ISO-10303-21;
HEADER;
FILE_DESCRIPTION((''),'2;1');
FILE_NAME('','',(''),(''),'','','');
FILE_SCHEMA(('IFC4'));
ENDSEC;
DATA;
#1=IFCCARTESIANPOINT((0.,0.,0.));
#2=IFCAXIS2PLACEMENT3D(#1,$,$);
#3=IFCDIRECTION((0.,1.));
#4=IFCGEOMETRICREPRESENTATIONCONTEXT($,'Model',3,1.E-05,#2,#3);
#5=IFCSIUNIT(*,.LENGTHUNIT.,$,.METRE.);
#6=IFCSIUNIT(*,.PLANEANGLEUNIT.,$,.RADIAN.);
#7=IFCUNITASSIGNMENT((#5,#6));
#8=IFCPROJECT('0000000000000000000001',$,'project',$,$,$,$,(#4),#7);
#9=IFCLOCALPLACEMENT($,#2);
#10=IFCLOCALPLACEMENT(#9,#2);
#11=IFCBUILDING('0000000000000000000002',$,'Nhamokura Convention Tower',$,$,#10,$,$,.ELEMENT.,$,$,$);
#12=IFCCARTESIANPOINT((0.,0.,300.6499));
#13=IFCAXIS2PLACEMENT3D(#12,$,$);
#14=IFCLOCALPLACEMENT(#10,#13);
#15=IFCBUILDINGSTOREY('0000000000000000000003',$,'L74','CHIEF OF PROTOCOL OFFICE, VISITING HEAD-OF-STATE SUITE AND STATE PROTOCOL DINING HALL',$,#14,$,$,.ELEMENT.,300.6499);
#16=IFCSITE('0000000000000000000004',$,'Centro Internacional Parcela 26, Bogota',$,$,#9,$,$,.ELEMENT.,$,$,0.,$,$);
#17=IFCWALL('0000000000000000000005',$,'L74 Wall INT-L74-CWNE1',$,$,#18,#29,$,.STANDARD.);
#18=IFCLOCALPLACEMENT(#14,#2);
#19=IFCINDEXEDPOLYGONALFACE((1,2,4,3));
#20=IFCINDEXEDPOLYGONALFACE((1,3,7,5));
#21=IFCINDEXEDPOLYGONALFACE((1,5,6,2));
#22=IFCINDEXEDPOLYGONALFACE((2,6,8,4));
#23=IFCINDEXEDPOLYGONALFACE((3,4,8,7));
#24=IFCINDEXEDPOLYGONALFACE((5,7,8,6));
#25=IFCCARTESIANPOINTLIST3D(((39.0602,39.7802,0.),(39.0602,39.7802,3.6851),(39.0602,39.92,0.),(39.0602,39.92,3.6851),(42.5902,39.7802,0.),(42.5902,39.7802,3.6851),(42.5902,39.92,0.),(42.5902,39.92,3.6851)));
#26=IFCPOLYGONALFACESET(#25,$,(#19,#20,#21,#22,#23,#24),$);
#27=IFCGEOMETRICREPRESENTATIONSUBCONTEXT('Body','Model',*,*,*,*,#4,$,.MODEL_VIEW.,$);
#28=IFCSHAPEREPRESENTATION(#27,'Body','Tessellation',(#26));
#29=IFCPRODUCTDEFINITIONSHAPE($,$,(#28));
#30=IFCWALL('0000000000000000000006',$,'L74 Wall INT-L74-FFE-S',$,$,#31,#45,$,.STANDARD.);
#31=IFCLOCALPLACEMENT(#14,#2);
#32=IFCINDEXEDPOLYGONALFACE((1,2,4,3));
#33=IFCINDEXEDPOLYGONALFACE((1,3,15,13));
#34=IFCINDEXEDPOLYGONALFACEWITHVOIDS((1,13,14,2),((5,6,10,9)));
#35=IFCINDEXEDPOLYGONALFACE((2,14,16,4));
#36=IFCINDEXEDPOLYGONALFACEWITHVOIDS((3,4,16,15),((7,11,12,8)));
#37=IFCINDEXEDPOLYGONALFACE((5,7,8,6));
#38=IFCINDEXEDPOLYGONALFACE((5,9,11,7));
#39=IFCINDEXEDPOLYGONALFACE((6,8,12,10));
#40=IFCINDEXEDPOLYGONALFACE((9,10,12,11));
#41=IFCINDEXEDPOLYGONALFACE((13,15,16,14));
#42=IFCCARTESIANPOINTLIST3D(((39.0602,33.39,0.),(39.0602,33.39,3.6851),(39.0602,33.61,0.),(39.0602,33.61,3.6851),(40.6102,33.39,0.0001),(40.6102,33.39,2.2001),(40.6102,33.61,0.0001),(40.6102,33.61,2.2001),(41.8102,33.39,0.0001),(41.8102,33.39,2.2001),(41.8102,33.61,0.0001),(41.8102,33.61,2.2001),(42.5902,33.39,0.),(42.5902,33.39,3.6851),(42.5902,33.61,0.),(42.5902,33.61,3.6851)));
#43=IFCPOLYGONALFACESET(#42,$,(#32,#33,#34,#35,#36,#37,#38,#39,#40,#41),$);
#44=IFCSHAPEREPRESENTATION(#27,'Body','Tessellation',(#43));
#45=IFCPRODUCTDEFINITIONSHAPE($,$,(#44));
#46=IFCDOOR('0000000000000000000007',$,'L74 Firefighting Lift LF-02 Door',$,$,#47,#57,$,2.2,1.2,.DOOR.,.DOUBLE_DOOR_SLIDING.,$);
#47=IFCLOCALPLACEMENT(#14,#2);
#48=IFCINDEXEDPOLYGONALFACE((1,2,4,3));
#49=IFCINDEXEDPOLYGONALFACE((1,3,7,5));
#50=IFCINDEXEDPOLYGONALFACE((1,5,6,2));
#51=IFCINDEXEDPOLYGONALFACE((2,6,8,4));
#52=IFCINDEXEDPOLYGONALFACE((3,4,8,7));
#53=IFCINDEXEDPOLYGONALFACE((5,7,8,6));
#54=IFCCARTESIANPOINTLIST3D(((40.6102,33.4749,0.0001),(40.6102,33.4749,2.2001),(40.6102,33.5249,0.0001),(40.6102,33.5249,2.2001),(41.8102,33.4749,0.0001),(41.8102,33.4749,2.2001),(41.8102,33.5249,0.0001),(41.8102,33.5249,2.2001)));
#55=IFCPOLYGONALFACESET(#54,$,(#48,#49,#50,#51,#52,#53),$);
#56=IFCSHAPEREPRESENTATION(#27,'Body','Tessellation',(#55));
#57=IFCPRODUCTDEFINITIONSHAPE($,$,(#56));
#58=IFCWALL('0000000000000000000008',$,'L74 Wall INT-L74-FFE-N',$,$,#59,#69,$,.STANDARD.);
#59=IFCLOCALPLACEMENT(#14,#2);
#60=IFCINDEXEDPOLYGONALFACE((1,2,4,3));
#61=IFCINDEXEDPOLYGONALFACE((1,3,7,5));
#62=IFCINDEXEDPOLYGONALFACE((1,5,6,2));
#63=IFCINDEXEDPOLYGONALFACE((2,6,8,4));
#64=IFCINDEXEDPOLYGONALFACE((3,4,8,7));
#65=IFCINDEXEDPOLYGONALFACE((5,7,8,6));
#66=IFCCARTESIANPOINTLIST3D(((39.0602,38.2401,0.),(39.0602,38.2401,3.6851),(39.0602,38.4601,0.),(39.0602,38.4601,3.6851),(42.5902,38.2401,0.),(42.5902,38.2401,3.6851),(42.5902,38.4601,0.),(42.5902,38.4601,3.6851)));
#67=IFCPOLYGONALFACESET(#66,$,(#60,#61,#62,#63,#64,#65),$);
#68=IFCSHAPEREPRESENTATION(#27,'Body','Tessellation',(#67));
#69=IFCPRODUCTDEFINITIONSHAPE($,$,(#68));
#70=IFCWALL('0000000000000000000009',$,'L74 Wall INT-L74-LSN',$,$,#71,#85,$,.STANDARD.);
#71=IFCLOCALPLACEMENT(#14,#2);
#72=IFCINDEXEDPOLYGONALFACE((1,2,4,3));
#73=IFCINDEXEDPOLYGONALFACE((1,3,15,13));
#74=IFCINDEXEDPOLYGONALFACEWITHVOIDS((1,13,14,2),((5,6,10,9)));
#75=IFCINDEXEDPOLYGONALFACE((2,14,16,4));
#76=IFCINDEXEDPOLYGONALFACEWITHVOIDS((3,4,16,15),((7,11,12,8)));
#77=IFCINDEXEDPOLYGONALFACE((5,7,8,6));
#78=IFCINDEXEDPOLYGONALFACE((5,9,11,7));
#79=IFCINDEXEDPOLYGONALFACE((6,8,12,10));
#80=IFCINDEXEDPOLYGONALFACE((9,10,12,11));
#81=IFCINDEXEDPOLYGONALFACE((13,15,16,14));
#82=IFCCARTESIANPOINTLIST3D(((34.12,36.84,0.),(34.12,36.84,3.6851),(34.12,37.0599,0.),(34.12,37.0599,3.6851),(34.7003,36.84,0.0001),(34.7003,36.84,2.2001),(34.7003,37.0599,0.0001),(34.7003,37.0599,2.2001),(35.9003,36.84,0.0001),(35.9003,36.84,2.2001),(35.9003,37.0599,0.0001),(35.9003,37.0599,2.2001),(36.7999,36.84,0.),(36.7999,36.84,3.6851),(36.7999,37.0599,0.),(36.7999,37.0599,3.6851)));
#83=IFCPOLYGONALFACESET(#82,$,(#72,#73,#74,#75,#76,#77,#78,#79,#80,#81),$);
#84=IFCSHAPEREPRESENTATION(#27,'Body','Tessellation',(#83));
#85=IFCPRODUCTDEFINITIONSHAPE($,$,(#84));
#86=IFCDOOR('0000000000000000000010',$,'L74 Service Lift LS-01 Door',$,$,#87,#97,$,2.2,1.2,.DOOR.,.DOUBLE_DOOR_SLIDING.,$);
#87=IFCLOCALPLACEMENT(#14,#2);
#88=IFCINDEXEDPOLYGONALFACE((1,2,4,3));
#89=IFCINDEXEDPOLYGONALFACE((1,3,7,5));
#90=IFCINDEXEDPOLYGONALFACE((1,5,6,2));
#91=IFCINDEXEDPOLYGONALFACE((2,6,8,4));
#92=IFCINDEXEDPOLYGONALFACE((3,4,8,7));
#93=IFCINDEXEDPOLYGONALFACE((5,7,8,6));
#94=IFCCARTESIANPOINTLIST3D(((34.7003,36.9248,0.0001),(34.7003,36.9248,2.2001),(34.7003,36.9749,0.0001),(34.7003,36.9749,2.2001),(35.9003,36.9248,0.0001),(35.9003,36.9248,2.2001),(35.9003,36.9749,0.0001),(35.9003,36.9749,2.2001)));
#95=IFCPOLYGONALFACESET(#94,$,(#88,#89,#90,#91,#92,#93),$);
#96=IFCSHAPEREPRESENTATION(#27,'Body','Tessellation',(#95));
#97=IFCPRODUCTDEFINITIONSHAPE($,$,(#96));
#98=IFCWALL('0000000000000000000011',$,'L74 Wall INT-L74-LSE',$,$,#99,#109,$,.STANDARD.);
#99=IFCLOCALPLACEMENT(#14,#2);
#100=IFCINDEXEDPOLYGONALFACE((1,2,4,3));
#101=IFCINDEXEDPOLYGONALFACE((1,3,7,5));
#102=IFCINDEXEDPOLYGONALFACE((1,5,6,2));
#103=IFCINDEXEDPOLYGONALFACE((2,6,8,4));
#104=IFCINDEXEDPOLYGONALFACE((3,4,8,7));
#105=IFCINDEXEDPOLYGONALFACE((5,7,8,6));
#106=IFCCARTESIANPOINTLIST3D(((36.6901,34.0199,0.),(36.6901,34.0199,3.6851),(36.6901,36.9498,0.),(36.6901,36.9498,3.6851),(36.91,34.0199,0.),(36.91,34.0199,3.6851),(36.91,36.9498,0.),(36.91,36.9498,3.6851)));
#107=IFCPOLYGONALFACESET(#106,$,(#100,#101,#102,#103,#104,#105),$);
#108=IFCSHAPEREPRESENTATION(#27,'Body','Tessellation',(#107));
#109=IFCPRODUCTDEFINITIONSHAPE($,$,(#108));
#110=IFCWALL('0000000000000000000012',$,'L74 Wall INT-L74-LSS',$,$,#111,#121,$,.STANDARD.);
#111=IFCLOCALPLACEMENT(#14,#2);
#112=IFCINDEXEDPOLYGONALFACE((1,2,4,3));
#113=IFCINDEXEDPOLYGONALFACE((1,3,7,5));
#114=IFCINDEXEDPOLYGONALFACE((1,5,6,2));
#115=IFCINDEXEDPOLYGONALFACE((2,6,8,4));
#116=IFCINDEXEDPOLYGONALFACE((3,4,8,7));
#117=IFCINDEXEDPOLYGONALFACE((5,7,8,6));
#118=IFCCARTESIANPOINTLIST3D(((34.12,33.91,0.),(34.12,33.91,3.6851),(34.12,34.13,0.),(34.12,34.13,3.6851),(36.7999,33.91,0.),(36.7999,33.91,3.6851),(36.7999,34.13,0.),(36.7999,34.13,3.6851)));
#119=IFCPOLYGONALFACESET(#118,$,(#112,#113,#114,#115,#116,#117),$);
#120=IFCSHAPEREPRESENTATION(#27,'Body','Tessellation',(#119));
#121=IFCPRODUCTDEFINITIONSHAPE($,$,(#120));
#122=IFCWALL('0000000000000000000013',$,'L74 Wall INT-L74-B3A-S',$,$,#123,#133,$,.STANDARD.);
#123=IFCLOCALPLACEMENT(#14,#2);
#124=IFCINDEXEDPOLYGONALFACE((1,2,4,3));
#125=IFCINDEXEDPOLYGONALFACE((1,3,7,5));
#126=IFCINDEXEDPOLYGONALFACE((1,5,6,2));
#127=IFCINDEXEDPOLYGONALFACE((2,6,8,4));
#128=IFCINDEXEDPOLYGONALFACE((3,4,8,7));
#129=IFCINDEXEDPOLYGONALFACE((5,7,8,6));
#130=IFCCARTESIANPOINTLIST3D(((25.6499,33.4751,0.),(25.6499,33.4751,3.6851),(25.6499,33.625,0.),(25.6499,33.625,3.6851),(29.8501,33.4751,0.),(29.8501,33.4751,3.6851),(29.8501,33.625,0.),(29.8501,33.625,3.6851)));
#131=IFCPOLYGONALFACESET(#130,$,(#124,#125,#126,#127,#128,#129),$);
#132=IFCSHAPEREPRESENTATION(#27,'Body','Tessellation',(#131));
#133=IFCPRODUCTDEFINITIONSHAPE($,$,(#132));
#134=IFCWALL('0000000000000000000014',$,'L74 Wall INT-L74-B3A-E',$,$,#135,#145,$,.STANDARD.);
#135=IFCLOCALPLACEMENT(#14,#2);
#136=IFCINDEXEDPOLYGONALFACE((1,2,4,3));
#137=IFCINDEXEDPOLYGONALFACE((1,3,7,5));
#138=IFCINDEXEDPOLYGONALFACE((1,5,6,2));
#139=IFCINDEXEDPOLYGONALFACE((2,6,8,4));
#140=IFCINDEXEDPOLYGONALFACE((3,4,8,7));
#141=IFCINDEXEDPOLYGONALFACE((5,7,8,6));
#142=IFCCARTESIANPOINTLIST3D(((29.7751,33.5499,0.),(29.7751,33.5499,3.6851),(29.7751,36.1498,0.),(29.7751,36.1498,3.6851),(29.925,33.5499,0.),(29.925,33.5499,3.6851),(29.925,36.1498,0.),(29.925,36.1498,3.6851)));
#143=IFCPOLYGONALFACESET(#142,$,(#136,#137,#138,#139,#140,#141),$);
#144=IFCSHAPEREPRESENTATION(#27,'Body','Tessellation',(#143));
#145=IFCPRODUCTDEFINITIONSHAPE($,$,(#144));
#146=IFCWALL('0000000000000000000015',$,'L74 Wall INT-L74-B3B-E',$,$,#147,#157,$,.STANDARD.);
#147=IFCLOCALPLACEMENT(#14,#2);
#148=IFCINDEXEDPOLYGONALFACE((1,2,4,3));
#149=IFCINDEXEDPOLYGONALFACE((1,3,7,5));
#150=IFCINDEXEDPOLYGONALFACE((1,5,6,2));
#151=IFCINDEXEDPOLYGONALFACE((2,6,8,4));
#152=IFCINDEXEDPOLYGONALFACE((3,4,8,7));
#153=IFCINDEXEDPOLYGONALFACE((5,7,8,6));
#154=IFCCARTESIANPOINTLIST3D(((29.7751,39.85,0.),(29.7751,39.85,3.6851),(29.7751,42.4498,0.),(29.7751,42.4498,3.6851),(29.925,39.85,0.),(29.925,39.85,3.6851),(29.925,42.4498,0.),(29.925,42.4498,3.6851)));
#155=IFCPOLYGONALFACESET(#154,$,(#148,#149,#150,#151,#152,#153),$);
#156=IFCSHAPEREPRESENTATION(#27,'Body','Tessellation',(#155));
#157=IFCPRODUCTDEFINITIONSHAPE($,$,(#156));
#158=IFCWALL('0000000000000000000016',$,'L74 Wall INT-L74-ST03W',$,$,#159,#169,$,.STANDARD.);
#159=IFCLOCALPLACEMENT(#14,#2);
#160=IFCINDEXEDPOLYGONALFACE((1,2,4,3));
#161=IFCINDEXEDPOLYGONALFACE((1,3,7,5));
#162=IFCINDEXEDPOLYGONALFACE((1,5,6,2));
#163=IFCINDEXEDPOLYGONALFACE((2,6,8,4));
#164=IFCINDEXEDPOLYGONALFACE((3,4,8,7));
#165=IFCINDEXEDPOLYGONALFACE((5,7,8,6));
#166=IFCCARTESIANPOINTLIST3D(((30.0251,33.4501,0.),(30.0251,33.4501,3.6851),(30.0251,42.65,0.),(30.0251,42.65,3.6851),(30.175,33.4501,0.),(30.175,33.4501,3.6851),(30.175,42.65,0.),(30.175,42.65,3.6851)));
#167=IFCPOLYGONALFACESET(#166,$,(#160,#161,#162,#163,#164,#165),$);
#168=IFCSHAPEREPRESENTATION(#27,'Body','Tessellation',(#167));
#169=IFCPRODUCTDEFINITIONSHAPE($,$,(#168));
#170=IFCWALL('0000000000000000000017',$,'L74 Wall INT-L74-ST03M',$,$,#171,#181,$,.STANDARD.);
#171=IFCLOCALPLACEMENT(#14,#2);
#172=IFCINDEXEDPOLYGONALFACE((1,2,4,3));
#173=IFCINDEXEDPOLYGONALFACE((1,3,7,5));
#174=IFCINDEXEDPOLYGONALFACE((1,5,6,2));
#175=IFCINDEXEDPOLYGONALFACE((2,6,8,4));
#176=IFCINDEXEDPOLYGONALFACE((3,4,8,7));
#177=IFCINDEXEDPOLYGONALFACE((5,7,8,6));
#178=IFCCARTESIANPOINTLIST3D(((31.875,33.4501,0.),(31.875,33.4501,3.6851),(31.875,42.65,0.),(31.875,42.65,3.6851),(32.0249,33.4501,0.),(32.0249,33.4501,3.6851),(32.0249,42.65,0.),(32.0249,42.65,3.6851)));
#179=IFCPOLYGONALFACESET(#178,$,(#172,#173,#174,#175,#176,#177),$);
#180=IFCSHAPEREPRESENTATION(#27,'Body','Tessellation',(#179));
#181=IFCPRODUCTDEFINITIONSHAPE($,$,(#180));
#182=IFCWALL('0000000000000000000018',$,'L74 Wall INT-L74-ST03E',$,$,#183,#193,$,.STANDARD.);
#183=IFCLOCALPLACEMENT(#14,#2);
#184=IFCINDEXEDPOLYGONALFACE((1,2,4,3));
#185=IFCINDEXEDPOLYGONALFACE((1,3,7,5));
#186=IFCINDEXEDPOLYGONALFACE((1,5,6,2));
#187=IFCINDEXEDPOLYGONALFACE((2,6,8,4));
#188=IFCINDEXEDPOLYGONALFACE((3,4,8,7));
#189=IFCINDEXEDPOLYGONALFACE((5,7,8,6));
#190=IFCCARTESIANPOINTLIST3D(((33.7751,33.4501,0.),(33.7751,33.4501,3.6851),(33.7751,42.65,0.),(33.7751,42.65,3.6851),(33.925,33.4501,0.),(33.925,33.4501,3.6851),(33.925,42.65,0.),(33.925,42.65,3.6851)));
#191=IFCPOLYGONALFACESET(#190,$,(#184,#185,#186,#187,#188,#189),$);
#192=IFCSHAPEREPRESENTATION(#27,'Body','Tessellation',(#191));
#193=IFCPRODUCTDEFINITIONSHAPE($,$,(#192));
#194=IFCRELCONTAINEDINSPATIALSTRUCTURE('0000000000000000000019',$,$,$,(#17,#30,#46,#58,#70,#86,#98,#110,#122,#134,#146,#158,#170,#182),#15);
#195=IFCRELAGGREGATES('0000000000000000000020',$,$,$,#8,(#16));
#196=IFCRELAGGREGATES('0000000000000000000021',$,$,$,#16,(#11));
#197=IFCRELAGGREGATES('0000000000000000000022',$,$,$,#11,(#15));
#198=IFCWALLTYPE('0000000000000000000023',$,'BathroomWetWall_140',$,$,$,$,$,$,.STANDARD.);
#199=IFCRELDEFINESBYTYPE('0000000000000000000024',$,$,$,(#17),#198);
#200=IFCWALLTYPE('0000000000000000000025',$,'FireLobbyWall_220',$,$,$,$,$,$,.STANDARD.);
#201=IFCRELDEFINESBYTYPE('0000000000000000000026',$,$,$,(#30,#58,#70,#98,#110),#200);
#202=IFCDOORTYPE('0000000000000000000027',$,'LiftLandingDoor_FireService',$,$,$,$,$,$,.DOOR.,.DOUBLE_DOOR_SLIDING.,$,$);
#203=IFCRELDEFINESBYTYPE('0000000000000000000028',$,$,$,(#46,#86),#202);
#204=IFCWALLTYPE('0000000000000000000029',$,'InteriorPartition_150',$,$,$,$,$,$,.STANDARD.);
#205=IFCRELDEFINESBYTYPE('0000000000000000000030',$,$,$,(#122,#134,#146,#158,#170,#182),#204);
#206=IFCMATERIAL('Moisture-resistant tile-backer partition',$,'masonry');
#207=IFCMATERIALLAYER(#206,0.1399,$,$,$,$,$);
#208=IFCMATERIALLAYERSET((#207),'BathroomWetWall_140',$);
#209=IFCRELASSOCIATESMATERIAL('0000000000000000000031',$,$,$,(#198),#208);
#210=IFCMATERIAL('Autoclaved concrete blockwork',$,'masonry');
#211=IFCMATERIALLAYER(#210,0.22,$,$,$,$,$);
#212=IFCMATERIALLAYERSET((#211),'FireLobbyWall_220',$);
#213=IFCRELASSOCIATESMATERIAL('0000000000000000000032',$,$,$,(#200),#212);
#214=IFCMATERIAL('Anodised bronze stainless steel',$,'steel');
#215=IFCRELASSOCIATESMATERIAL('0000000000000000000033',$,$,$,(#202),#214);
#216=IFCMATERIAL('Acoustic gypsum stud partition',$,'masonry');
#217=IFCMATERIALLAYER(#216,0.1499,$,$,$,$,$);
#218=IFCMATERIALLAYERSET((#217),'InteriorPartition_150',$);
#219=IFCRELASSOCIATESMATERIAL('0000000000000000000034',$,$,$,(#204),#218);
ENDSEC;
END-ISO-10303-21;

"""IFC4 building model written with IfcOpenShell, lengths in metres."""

from ifc_helpers import new_model, si_unit, direction, frame, frame_2d, origin, place, context, subcontext, project, spatial, rectangle, extrude, material, layer, layer_set, type_object, element, fill, save


model = new_model("IFC4")

# Units and contexts
model_context = context("Model", 3, precision=1e-05, world=origin(), true_north=direction((0.0, 1.0)))
body_context = subcontext(model_context, "Body", "Model", "MODEL_VIEW")
ifc_project = project(units=[si_unit("LENGTHUNIT", "METRE"), si_unit("PLANEANGLEUNIT", "RADIAN")], contexts=[model_context])

# Site, building, storey
site_placement = place(None, origin())
site = spatial("IfcSite", under=ifc_project, at=site_placement, Name="Centro Internacional Parcela 26, Bogota", CompositionType="ELEMENT", RefElevation=0.0)
building_placement = place(site_placement, origin())
building = spatial("IfcBuilding", under=site, at=building_placement, Name="Nhamokura Convention Tower", CompositionType="ELEMENT")
storey_placement = place(building_placement, frame((0.0, 0.0, 300.6499)))
storey = spatial("IfcBuildingStorey", under=building, at=storey_placement, Name="L74", Description="CHIEF OF PROTOCOL OFFICE, VISITING HEAD-OF-STATE SUITE AND STATE PROTOCOL DINING HALL", CompositionType="ELEMENT", Elevation=300.6499)

# Wall
ifc_material_1 = material(Name="Moisture-resistant tile-backer partition", Category="masonry")
ifc_layer_1 = layer(ifc_material_1, 0.1399)
ifc_layer_set_1 = layer_set([ifc_layer_1], Name="BathroomWetWall_140")
wall_type_1 = type_object("IfcWallType", Name="BathroomWetWall_140", PredefinedType="STANDARD", material=ifc_layer_set_1)
wall_1_placement = place(storey_placement, frame((39.0601, 39.8501, 0.0), z_axis=(0.0, 0.0, 1.0), x_axis=(1.0, 0.0, 0.0)))
element("IfcWall", 1, at=wall_1_placement, inside=storey, type_object=wall_type_1, Name="L74 Wall INT-L74-CWNE1", PredefinedType="STANDARD", context=body_context, shape_type="SweptSolid", body=[
    extrude(rectangle(XDim=3.53, YDim=0.1399, at=frame_2d((1.7651, 0.0))), origin(), (0.0, 0.0, 1.0), 3.6851),
])

# Wall, opening, door
ifc_material_2 = material(Name="Autoclaved concrete blockwork", Category="masonry")
ifc_layer_2 = layer(ifc_material_2, 0.22)
ifc_layer_set_2 = layer_set([ifc_layer_2], Name="FireLobbyWall_220")
wall_type_2 = type_object("IfcWallType", Name="FireLobbyWall_220", PredefinedType="STANDARD", material=ifc_layer_set_2)
wall_2_placement = place(storey_placement, frame((39.0601, 33.5, 0.0), z_axis=(0.0, 0.0, 1.0), x_axis=(1.0, 0.0, 0.0)))
wall_2 = element("IfcWall", 2, at=wall_2_placement, inside=storey, type_object=wall_type_2, Name="L74 Wall INT-L74-FFE-S", PredefinedType="STANDARD", context=body_context, shape_type="SweptSolid", body=[
    extrude(rectangle(XDim=3.53, YDim=0.22, at=frame_2d((1.7651, 0.0))), origin(), (0.0, 0.0, 1.0), 3.6851),
])
opening_1_placement = place(wall_2_placement, frame((1.55, 0.0, 0.0)))
opening_1 = element("IfcOpeningElement", 3, at=opening_1_placement, cuts=wall_2, PredefinedType="OPENING", context=body_context, shape_type="SweptSolid", body=[
    extrude(rectangle(XDim=1.2, YDim=2.2, at=frame_2d((0.6001, 1.1001))), frame((0.0, 0.1199, 0.0), z_axis=(0.0, -1.0, 0.0), x_axis=(1.0, 0.0, 0.0)), (0.0, 0.0, 1.0), 0.24),
])
ifc_material_3 = material(Name="Anodised bronze stainless steel", Category="steel")
door_type_1 = type_object("IfcDoorType", Name="LiftLandingDoor_FireService", OperationType="DOUBLE_DOOR_SLIDING", PredefinedType="DOOR", material=ifc_material_3)
door_1_placement = place(opening_1_placement, origin())
door_1 = element("IfcDoor", 4, at=door_1_placement, inside=storey, type_object=door_type_1, Name="L74 Firefighting Lift LF-02 Door", OperationType="DOUBLE_DOOR_SLIDING", OverallHeight=2.2, OverallWidth=1.2, PredefinedType="DOOR", context=body_context, shape_type="SweptSolid", body=[
    extrude(rectangle(XDim=1.2, YDim=2.2, at=frame_2d((0.6001, 1.1001))), frame((0.0, 0.0249, 0.0), z_axis=(0.0, -1.0, 0.0), x_axis=(1.0, 0.0, 0.0)), (0.0, 0.0, 1.0), 0.05),
])
fill(opening_1, door_1)

# Wall
wall_3_placement = place(storey_placement, frame((39.0601, 38.3501, 0.0), z_axis=(0.0, 0.0, 1.0), x_axis=(1.0, 0.0, 0.0)))
element("IfcWall", 5, at=wall_3_placement, inside=storey, type_object=wall_type_2, Name="L74 Wall INT-L74-FFE-N", PredefinedType="STANDARD", context=body_context, shape_type="SweptSolid", body=[
    extrude(rectangle(XDim=3.53, YDim=0.22, at=frame_2d((1.7651, 0.0))), origin(), (0.0, 0.0, 1.0), 3.6851),
])

# Wall, opening, door
wall_4_placement = place(storey_placement, frame((34.1201, 36.95, 0.0), z_axis=(0.0, 0.0, 1.0), x_axis=(1.0, 0.0, 0.0)))
wall_4 = element("IfcWall", 6, at=wall_4_placement, inside=storey, type_object=wall_type_2, Name="L74 Wall INT-L74-LSN", PredefinedType="STANDARD", context=body_context, shape_type="SweptSolid", body=[
    extrude(rectangle(XDim=2.6799, YDim=0.22, at=frame_2d((1.3398, 0.0))), origin(), (0.0, 0.0, 1.0), 3.6851),
])
opening_2_placement = place(wall_4_placement, frame((0.5801, 0.0, 0.0)))
opening_2 = element("IfcOpeningElement", 7, at=opening_2_placement, cuts=wall_4, PredefinedType="OPENING", context=body_context, shape_type="SweptSolid", body=[
    extrude(rectangle(XDim=1.2, YDim=2.2, at=frame_2d((0.6001, 1.1001))), frame((0.0, 0.1199, 0.0), z_axis=(0.0, -1.0, 0.0), x_axis=(1.0, 0.0, 0.0)), (0.0, 0.0, 1.0), 0.24),
])
door_2_placement = place(opening_2_placement, origin())
door_2 = element("IfcDoor", 8, at=door_2_placement, inside=storey, type_object=door_type_1, Name="L74 Service Lift LS-01 Door", OperationType="DOUBLE_DOOR_SLIDING", OverallHeight=2.2, OverallWidth=1.2, PredefinedType="DOOR", context=body_context, shape_type="SweptSolid", body=[
    extrude(rectangle(XDim=1.2, YDim=2.2, at=frame_2d((0.6001, 1.1001))), frame((0.0, 0.0249, 0.0), z_axis=(0.0, -1.0, 0.0), x_axis=(1.0, 0.0, 0.0)), (0.0, 0.0, 1.0), 0.05),
])
fill(opening_2, door_2)

# Walls
wall_5_placement = place(storey_placement, frame((36.8, 34.02, 0.0), z_axis=(0.0, 0.0, 1.0), x_axis=(0.0, 1.0, 0.0)))
element("IfcWall", 9, at=wall_5_placement, inside=storey, type_object=wall_type_2, Name="L74 Wall INT-L74-LSE", PredefinedType="STANDARD", context=body_context, shape_type="SweptSolid", body=[
    extrude(rectangle(XDim=2.9299, YDim=0.22, at=frame_2d((1.4648, 0.0))), origin(), (0.0, 0.0, 1.0), 3.6851),
])
wall_6_placement = place(storey_placement, frame((34.1201, 34.02, 0.0), z_axis=(0.0, 0.0, 1.0), x_axis=(1.0, 0.0, 0.0)))
element("IfcWall", 10, at=wall_6_placement, inside=storey, type_object=wall_type_2, Name="L74 Wall INT-L74-LSS", PredefinedType="STANDARD", context=body_context, shape_type="SweptSolid", body=[
    extrude(rectangle(XDim=2.6799, YDim=0.22, at=frame_2d((1.3398, 0.0))), origin(), (0.0, 0.0, 1.0), 3.6851),
])
ifc_material_4 = material(Name="Acoustic gypsum stud partition", Category="masonry")
ifc_layer_3 = layer(ifc_material_4, 0.1499)
ifc_layer_set_3 = layer_set([ifc_layer_3], Name="InteriorPartition_150")
wall_type_3 = type_object("IfcWallType", Name="InteriorPartition_150", PredefinedType="STANDARD", material=ifc_layer_set_3)
wall_7_placement = place(storey_placement, frame((25.6499, 33.55, 0.0), z_axis=(0.0, 0.0, 1.0), x_axis=(1.0, 0.0, 0.0)))
element("IfcWall", 11, at=wall_7_placement, inside=storey, type_object=wall_type_3, Name="L74 Wall INT-L74-B3A-S", PredefinedType="STANDARD", context=body_context, shape_type="SweptSolid", body=[
    extrude(rectangle(XDim=4.2002, YDim=0.1499, at=frame_2d((2.1001, 0.0))), origin(), (0.0, 0.0, 1.0), 3.6851),
])
for number, where, z_axis, x_axis, name in (
    (12, (29.8501, 33.55, 0.0), (0.0, 0.0, 1.0), (0.0, 1.0, 0.0), "L74 Wall INT-L74-B3A-E"),
    (13, (29.8501, 39.8501, 0.0), (0.0, 0.0, 1.0), (0.0, 1.0, 0.0), "L74 Wall INT-L74-B3B-E"),
):
    element("IfcWall", number, at=place(storey_placement, frame(where, z_axis=z_axis, x_axis=x_axis)), inside=storey, type_object=wall_type_3, Name=name, PredefinedType="STANDARD", context=body_context, shape_type="SweptSolid", body=[
        extrude(rectangle(XDim=2.5999, YDim=0.1499, at=frame_2d((1.2998, 0.0))), origin(), (0.0, 0.0, 1.0), 3.6851),
    ])
for number, where, z_axis, x_axis, name in (
    (14, (30.1001, 33.45, 0.0), (0.0, 0.0, 1.0), (0.0, 1.0, 0.0), "L74 Wall INT-L74-ST03W"),
    (15, (31.95, 33.45, 0.0), (0.0, 0.0, 1.0), (0.0, 1.0, 0.0), "L74 Wall INT-L74-ST03M"),
    (16, (33.8501, 33.45, 0.0), (0.0, 0.0, 1.0), (0.0, 1.0, 0.0), "L74 Wall INT-L74-ST03E"),
):
    element("IfcWall", number, at=place(storey_placement, frame(where, z_axis=z_axis, x_axis=x_axis)), inside=storey, type_object=wall_type_3, Name=name, PredefinedType="STANDARD", context=body_context, shape_type="SweptSolid", body=[
        extrude(rectangle(XDim=9.2, YDim=0.1499, at=frame_2d((4.6001, 0.0))), origin(), (0.0, 0.0, 1.0), 3.6851),
    ])

save(model, "model.ifc")
